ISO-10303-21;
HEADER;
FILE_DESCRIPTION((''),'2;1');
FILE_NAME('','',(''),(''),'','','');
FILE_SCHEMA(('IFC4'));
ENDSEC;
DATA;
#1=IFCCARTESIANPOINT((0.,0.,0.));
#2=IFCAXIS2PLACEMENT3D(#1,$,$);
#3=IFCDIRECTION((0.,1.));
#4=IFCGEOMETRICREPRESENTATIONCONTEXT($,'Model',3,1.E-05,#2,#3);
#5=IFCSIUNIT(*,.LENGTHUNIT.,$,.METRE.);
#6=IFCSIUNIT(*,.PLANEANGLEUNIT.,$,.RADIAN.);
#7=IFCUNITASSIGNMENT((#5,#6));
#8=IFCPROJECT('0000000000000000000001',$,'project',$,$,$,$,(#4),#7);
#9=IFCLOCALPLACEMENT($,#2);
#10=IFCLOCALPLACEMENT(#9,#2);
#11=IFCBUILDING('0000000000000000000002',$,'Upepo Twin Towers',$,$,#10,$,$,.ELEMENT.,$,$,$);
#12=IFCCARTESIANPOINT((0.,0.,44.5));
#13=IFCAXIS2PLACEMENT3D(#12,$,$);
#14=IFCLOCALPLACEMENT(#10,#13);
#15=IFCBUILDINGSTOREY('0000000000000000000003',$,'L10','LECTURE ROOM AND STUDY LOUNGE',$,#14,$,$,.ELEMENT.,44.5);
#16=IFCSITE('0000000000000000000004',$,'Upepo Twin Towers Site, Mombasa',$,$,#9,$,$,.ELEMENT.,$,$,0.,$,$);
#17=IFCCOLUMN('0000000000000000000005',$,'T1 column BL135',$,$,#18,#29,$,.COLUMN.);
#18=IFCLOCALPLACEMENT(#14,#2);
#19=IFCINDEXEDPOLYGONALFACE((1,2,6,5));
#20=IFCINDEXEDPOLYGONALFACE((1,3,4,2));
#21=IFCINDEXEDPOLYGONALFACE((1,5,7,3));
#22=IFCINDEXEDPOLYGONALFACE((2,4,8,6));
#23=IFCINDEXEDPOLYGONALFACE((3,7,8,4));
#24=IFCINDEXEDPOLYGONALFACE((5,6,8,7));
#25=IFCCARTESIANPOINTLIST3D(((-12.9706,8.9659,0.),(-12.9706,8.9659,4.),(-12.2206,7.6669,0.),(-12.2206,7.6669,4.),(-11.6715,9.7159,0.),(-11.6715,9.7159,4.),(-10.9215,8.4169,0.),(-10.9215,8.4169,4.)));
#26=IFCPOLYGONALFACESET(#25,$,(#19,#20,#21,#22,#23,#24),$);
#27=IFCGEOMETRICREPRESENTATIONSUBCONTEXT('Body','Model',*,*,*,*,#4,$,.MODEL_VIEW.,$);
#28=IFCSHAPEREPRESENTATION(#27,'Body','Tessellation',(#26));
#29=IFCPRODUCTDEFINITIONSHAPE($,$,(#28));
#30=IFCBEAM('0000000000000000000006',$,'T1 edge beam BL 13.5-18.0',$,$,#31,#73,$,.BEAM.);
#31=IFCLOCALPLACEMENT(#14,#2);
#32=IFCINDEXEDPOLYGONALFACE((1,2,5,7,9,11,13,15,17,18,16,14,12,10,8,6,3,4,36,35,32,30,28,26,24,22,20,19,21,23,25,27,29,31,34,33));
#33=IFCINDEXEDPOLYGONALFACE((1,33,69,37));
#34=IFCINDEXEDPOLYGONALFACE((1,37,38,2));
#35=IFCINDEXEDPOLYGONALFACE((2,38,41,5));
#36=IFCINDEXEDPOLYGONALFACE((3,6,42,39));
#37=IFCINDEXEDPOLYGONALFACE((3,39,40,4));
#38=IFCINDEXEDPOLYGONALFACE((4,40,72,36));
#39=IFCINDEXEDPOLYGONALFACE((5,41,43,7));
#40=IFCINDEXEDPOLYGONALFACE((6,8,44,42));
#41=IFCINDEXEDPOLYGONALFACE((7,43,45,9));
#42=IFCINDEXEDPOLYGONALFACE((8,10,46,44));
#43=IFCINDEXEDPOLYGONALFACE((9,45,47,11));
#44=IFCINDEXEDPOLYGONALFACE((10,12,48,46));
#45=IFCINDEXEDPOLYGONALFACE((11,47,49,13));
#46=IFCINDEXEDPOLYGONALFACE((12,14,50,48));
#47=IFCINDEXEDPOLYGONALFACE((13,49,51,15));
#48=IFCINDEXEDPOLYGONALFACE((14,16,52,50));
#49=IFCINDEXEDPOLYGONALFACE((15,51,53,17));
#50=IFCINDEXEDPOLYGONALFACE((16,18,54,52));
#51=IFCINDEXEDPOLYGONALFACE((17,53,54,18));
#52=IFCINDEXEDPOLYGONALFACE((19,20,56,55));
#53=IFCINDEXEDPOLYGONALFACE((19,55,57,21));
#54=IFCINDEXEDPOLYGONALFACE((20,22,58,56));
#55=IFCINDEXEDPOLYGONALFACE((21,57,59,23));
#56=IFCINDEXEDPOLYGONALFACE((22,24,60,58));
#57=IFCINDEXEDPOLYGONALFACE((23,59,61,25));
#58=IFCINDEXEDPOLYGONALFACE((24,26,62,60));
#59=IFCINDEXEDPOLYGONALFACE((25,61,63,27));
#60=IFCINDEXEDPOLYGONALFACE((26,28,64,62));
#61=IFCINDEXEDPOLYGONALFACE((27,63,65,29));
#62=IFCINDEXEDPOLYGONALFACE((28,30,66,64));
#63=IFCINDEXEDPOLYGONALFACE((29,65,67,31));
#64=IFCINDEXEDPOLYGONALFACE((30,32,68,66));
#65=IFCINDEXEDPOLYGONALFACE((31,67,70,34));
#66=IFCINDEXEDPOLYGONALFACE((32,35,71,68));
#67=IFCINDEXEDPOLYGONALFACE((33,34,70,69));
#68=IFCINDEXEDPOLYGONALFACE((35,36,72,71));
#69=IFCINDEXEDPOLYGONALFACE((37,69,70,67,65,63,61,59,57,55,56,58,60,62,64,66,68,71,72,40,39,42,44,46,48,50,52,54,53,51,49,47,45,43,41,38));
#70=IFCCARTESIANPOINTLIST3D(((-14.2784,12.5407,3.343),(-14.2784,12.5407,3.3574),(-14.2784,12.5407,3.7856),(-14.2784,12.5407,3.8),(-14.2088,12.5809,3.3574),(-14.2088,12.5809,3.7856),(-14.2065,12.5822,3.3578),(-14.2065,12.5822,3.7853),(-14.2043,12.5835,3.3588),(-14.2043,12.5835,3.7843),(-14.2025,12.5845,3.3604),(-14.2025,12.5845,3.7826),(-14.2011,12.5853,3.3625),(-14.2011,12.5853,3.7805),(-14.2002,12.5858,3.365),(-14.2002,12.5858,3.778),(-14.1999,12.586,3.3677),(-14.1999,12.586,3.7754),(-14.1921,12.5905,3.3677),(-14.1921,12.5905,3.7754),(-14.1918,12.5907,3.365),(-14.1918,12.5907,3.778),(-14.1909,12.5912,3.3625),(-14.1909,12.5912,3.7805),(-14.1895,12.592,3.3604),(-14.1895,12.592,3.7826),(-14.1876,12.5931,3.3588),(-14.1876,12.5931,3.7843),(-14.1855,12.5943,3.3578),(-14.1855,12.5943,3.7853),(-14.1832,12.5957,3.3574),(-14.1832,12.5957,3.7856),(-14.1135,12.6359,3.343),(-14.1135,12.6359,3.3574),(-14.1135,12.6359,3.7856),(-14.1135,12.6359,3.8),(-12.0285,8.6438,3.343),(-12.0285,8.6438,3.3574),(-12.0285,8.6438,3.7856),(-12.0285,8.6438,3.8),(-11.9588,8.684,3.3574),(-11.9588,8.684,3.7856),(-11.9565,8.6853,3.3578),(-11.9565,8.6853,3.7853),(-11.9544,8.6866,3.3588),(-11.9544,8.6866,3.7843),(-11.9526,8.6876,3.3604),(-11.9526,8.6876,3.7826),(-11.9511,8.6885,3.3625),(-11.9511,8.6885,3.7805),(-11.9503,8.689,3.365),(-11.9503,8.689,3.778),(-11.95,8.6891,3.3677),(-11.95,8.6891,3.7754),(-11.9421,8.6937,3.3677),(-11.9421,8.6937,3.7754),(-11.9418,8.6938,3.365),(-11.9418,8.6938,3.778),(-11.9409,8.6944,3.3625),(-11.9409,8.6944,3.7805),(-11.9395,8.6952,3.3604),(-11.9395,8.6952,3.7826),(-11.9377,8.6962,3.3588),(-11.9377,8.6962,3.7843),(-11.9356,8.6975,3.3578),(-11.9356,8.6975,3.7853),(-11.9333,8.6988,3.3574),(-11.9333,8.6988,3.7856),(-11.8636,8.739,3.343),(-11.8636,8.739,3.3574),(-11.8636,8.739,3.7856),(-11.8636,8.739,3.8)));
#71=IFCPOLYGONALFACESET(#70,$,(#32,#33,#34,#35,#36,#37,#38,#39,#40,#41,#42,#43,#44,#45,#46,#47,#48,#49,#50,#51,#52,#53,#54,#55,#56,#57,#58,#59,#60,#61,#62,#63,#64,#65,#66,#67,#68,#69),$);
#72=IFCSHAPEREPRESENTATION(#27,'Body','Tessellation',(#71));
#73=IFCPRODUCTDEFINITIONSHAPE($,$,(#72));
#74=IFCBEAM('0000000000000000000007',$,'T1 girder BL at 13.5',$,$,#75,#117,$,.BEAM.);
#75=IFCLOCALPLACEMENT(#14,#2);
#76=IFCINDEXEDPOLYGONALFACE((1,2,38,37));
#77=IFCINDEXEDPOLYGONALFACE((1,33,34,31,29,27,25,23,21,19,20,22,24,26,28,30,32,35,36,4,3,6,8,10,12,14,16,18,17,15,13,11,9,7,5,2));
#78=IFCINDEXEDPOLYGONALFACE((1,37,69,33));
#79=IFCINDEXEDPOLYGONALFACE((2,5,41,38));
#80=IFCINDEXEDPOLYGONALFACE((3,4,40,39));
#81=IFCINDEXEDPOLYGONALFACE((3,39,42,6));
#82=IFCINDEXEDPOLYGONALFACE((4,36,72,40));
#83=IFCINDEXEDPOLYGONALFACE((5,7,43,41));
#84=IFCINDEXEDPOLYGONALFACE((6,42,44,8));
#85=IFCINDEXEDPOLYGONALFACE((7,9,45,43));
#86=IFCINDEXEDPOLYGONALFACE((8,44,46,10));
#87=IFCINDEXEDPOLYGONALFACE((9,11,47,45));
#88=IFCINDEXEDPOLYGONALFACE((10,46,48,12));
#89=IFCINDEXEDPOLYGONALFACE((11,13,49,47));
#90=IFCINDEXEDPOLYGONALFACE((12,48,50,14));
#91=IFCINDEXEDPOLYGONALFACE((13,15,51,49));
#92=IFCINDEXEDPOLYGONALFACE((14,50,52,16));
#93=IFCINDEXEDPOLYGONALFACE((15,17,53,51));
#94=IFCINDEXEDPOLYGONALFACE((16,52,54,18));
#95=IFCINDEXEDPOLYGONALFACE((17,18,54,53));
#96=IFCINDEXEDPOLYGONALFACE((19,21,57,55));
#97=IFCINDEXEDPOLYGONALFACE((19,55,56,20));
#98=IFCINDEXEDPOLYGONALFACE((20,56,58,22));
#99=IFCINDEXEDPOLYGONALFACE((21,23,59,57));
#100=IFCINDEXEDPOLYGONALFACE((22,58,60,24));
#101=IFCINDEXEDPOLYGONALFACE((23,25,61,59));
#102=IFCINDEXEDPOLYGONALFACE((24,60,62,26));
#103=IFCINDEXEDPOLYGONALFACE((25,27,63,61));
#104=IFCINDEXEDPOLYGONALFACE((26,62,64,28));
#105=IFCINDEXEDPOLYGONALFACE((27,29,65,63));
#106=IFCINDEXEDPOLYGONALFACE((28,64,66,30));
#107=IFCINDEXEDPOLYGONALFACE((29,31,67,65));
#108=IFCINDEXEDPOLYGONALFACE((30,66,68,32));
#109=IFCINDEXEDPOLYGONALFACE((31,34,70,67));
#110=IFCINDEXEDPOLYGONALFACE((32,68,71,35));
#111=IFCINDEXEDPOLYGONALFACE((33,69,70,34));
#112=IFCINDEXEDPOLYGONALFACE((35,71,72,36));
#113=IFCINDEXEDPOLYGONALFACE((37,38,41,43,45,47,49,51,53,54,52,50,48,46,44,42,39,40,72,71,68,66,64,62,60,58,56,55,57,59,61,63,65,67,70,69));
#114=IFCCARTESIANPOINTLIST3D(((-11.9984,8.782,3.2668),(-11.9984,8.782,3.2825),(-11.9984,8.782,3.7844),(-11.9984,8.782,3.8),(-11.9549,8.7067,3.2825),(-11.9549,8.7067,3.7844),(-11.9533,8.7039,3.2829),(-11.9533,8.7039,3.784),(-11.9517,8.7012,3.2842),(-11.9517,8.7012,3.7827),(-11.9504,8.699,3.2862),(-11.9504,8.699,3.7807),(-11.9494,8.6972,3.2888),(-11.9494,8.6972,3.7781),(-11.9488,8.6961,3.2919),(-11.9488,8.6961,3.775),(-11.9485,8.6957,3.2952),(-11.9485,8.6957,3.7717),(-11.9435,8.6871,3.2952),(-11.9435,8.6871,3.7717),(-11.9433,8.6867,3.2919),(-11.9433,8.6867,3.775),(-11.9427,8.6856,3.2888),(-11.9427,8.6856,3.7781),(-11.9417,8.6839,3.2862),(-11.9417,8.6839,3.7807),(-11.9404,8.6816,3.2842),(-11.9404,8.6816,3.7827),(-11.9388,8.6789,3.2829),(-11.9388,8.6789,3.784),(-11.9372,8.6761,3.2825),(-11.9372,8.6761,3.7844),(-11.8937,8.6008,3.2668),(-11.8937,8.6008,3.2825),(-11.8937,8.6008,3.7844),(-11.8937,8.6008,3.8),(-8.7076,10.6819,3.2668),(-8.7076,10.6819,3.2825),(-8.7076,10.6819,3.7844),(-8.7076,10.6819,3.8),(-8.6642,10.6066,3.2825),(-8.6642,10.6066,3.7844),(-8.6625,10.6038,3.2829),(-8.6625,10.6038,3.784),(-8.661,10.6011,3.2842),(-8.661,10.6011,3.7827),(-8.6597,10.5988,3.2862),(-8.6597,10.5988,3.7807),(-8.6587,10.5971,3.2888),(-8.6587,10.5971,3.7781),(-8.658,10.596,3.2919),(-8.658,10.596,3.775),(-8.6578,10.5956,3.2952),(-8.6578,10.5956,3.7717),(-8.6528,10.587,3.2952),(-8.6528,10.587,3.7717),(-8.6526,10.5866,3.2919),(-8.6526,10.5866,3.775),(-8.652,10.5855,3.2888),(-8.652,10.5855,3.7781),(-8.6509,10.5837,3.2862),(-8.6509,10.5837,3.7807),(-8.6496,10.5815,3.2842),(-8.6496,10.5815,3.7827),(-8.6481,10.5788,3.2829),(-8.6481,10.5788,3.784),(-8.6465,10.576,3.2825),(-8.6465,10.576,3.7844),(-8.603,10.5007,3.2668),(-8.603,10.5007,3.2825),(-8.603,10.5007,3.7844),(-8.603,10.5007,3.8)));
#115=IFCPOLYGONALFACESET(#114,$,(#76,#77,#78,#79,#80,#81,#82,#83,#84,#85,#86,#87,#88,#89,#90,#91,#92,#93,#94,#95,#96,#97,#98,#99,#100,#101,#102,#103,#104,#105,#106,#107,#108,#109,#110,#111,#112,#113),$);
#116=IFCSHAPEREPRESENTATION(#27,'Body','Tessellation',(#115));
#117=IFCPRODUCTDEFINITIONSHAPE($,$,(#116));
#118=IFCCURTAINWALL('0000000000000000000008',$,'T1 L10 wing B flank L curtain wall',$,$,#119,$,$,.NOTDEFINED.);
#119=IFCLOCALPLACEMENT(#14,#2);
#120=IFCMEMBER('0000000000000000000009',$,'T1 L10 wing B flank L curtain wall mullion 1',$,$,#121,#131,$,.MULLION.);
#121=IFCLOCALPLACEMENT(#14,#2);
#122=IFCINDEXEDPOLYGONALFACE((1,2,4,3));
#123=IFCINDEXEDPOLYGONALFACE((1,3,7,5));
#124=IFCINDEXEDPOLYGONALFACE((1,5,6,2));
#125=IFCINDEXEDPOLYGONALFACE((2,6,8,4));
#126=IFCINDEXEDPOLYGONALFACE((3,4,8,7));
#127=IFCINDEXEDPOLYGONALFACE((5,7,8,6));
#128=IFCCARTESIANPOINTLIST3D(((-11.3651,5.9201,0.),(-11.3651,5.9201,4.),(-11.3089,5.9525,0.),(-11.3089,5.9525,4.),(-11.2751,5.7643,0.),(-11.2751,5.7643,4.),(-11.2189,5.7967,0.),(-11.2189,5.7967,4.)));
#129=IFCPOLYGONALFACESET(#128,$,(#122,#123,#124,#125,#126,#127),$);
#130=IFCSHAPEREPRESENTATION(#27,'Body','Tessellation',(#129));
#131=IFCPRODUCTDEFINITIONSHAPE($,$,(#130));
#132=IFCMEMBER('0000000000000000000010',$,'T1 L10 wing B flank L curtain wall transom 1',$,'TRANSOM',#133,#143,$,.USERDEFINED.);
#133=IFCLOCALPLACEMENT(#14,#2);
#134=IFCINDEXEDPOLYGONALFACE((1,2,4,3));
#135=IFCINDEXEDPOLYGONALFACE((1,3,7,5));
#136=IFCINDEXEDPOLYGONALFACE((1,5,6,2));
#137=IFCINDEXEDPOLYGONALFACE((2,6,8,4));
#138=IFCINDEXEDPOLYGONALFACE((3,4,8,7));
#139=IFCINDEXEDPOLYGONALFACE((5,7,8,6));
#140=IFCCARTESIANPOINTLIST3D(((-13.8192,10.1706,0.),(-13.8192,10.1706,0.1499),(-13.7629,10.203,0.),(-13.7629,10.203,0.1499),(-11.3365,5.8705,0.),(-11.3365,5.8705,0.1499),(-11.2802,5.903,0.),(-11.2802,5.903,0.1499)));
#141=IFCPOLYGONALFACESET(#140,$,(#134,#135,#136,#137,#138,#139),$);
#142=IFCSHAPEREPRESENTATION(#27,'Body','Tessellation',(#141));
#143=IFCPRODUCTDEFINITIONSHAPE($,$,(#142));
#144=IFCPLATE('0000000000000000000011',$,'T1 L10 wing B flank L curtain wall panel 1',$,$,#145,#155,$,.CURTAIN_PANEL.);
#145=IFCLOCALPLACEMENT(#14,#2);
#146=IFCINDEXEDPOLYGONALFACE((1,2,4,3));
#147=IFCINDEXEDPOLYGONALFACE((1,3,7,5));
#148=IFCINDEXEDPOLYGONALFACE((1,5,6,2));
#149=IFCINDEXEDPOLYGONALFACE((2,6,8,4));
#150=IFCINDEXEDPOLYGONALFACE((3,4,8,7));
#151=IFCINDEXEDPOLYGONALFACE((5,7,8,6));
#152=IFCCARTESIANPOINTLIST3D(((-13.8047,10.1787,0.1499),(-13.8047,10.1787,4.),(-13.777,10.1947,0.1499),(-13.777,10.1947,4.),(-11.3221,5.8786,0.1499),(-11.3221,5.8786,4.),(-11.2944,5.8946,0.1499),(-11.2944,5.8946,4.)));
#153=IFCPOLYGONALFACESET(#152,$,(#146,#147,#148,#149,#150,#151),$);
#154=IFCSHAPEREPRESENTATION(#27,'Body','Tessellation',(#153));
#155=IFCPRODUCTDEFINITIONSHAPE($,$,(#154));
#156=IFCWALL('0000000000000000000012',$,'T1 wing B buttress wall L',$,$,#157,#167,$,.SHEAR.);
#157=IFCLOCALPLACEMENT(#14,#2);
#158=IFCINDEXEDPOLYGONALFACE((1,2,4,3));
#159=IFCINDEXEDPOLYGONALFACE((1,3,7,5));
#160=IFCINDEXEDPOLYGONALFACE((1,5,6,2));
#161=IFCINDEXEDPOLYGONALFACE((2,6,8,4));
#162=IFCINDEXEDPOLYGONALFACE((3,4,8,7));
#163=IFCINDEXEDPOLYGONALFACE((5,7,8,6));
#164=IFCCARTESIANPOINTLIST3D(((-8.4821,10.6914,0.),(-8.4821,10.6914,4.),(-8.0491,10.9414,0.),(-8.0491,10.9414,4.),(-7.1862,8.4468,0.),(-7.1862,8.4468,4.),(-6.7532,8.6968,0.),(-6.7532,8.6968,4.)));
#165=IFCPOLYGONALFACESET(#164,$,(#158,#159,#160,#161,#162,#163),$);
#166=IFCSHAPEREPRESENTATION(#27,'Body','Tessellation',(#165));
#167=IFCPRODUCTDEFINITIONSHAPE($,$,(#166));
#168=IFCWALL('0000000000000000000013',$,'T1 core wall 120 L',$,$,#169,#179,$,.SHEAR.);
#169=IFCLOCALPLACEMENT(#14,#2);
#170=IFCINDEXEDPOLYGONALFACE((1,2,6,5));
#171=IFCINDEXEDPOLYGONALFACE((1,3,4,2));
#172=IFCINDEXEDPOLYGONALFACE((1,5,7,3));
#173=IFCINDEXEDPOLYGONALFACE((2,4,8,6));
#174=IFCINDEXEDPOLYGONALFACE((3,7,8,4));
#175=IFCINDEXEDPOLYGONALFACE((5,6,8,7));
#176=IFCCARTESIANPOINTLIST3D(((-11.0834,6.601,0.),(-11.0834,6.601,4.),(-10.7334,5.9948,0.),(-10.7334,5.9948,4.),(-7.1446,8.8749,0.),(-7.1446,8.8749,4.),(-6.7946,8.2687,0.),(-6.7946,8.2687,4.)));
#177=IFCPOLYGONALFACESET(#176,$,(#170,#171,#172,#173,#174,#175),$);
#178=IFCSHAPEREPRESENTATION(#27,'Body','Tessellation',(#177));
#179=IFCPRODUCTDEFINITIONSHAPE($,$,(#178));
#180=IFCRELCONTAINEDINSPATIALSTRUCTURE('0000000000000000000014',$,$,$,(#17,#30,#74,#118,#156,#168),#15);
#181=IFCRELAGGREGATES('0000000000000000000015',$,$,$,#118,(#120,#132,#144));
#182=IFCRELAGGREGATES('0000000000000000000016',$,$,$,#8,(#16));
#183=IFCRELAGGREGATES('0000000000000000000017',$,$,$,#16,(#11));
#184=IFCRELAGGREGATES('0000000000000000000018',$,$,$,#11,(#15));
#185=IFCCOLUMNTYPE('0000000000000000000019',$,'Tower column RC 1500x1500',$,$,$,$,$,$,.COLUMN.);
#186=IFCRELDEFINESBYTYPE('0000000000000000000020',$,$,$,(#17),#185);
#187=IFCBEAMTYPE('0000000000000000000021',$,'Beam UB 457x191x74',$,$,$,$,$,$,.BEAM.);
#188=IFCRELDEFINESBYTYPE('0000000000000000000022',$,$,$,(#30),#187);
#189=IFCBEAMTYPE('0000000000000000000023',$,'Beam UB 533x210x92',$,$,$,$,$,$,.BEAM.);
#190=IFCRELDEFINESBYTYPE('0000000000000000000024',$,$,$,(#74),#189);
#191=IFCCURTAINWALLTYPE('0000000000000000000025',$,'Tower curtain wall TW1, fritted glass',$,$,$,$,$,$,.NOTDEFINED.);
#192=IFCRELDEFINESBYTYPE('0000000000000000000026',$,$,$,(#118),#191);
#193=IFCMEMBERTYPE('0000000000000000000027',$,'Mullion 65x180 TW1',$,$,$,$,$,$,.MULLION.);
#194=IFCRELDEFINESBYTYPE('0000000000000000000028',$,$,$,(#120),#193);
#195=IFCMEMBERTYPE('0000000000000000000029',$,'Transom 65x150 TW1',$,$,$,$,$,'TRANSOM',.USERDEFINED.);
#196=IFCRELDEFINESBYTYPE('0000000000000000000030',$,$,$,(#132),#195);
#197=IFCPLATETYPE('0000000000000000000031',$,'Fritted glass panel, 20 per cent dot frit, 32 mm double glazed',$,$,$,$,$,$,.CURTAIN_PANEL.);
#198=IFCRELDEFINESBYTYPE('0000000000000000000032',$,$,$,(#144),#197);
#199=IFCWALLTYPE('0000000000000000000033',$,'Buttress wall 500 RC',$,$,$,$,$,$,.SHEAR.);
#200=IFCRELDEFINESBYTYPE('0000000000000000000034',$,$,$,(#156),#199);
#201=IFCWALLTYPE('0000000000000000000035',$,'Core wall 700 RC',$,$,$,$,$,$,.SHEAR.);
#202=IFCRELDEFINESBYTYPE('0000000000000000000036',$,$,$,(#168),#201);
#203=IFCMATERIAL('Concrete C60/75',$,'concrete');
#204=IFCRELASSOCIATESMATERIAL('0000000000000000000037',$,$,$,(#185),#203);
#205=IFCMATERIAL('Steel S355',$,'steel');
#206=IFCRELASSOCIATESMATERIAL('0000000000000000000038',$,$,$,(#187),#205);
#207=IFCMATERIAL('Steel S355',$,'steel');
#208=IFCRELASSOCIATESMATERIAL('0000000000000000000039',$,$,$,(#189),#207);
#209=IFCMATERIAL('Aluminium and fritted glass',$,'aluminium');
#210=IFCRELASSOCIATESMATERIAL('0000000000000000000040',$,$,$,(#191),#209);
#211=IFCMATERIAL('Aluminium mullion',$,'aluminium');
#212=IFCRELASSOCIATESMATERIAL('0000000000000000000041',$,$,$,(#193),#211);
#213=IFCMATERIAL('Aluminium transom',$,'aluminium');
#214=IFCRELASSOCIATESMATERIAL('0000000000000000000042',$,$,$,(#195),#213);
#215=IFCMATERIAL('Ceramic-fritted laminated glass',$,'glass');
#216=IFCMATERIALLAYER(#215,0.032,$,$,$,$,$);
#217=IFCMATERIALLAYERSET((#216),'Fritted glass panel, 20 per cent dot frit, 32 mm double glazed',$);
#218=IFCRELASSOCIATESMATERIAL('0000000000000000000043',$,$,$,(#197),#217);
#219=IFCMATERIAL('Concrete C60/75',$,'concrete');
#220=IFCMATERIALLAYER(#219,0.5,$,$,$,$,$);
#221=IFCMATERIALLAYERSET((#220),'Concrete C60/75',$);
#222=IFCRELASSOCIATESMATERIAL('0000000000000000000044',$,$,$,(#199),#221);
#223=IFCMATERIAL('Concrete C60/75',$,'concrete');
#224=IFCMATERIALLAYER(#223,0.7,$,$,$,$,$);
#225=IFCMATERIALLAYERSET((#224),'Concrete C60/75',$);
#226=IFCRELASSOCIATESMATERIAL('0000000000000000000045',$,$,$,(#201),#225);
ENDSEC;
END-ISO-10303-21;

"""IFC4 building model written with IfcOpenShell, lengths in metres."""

from ifc_helpers import new_model, si_unit, direction, frame, frame_2d, origin, origin_2d, place, context, subcontext, project, spatial, rectangle, i_section, extrude, material, layer, layer_set, material_profile, profile_set, type_object, element, aggregate, save


model = new_model("IFC4")

# Units and contexts
model_context = context("Model", 3, precision=1e-05, world=origin(), true_north=direction((0.0, 1.0)))
body_context = subcontext(model_context, "Body", "Model", "MODEL_VIEW")
ifc_project = project(units=[si_unit("LENGTHUNIT", "METRE"), si_unit("PLANEANGLEUNIT", "RADIAN")], contexts=[model_context])

# Site, building, storey
site_placement = place(None, origin())
site = spatial("IfcSite", under=ifc_project, at=site_placement, Name="Upepo Twin Towers Site, Mombasa", CompositionType="ELEMENT", RefElevation=0.0)
building_placement = place(site_placement, origin())
building = spatial("IfcBuilding", under=site, at=building_placement, Name="Upepo Twin Towers", CompositionType="ELEMENT")
storey_placement = place(building_placement, frame((0.0, 0.0, 44.5)))
storey = spatial("IfcBuildingStorey", under=building, at=storey_placement, Name="L10", Description="LECTURE ROOM AND STUDY LOUNGE", CompositionType="ELEMENT", Elevation=44.5)

# Column
ifc_material_1 = material(Name="Concrete C60/75", Category="concrete")
ifc_material_profile_1 = material_profile(ifc_material_1, rectangle(XDim=1.5, YDim=1.5, at=origin_2d()), Name="RC 1500x1500")
ifc_profile_set_1 = profile_set([ifc_material_profile_1], Name="Concrete C60/75")
column_type = type_object("IfcColumnType", Name="Tower column RC 1500x1500", PredefinedType="COLUMN", material=ifc_profile_set_1)
column_placement = place(storey_placement, frame((-11.946, 8.6914, 0.0), z_axis=(0.0, 0.0, 1.0), x_axis=(0.866025, 0.5, 0.0)))
element("IfcColumn", 1, at=column_placement, inside=storey, type_object=column_type, Name="T1 column BL135", PredefinedType="COLUMN", context=body_context, shape_type="SweptSolid", body=[
    extrude(rectangle(XDim=1.5, YDim=1.5, at=origin_2d()), origin(), (0.0, 0.0, 1.0), 4.0),
])

# Beams
ifc_material_2 = material(Name="Steel S355", Category="steel")
ifc_material_profile_2 = material_profile(ifc_material_2, i_section(OverallWidth=0.1904, OverallDepth=0.457, WebThickness=0.009, FlangeThickness=0.0144, FilletRadius=0.0103, at=origin_2d()), Name="UB 457x191x74")
ifc_profile_set_2 = profile_set([ifc_material_profile_2], Name="Steel S355")
beam_type_1 = type_object("IfcBeamType", Name="Beam UB 457x191x74", PredefinedType="BEAM", material=ifc_profile_set_2)
beam_1_placement = place(storey_placement, frame((-11.946, 8.6914, 3.5715), z_axis=(-0.500014, 0.866018, 0.0), x_axis=(-0.866018, -0.500014, 0.0)))
element("IfcBeam", 2, at=beam_1_placement, inside=storey, type_object=beam_type_1, Name="T1 edge beam BL 13.5-18.0", PredefinedType="BEAM", context=body_context, shape_type="SweptSolid", body=[
    extrude(i_section(OverallWidth=0.1904, OverallDepth=0.457, WebThickness=0.009, FlangeThickness=0.0144, FilletRadius=0.0103, at=origin_2d()), origin(), (0.0, 0.0, 1.0), 4.4998),
])
ifc_material_3 = material(Name="Steel S355", Category="steel")
ifc_material_profile_3 = material_profile(ifc_material_3, i_section(OverallWidth=0.2092, OverallDepth=0.5332, WebThickness=0.01, FlangeThickness=0.0156, FilletRadius=0.0127, at=origin_2d()), Name="UB 533x210x92")
ifc_profile_set_3 = profile_set([ifc_material_profile_3], Name="Steel S355")
beam_type_2 = type_object("IfcBeamType", Name="Beam UB 533x210x92", PredefinedType="BEAM", material=ifc_profile_set_3)
beam_2_placement = place(storey_placement, frame((-11.946, 8.6914, 3.5334), z_axis=(0.866028, 0.499995, 0.0), x_axis=(-0.499995, 0.866028, 0.0)))
element("IfcBeam", 3, at=beam_2_placement, inside=storey, type_object=beam_type_2, Name="T1 girder BL at 13.5", PredefinedType="BEAM", context=body_context, shape_type="SweptSolid", body=[
    extrude(i_section(OverallWidth=0.2092, OverallDepth=0.5332, WebThickness=0.01, FlangeThickness=0.0156, FilletRadius=0.0127, at=origin_2d()), origin(), (0.0, 0.0, 1.0), 3.7998),
])

# Curtain wall, members, plate
ifc_material_4 = material(Name="Aluminium and fritted glass", Category="aluminium")
curtain_wall_type = type_object("IfcCurtainWallType", Name="Tower curtain wall TW1, fritted glass", PredefinedType="NOTDEFINED", material=ifc_material_4)
curtain_wall_placement = place(storey_placement, origin())
curtain_wall = element("IfcCurtainWall", 4, at=curtain_wall_placement, inside=storey, type_object=curtain_wall_type, Name="T1 L10 wing B flank L curtain wall", PredefinedType="NOTDEFINED")
ifc_material_5 = material(Name="Aluminium mullion", Category="aluminium")
ifc_material_profile_4 = material_profile(ifc_material_5, rectangle(XDim=0.0649, YDim=0.1799, at=origin_2d()), Name="MULLION 65x180")
ifc_profile_set_4 = profile_set([ifc_material_profile_4], Name="Aluminium mullion")
member_type_1 = type_object("IfcMemberType", Name="Mullion 65x180 TW1", PredefinedType="MULLION", material=ifc_profile_set_4)
member_1_placement = place(storey_placement, frame((-11.292, 5.8584, 0.0), z_axis=(0.0, 0.0, 1.0), x_axis=(-0.866025, -0.5, 0.0)))
member_1 = element("IfcMember", 5, at=member_1_placement, type_object=member_type_1, Name="T1 L10 wing B flank L curtain wall mullion 1", PredefinedType="MULLION", context=body_context, shape_type="SweptSolid", body=[
    extrude(rectangle(XDim=0.0649, YDim=0.1799, at=origin_2d()), origin(), (0.0, 0.0, 1.0), 4.0),
])
ifc_material_6 = material(Name="Aluminium transom", Category="aluminium")
ifc_material_profile_5 = material_profile(ifc_material_6, rectangle(XDim=0.0649, YDim=0.1499, at=origin_2d()), Name="TRANSOM 65x150")
ifc_profile_set_5 = profile_set([ifc_material_profile_5], Name="Aluminium transom")
member_type_2 = type_object("IfcMemberType", Name="Transom 65x150 TW1", ElementType="TRANSOM", PredefinedType="USERDEFINED", material=ifc_profile_set_5)
member_2_placement = place(storey_placement, frame((-11.3083, 5.8867, 0.075), z_axis=(-0.500005, 0.866023, 0.0), x_axis=(-0.866023, -0.500005, 0.0)))
member_2 = element("IfcMember", 6, at=member_2_placement, type_object=member_type_2, Name="T1 L10 wing B flank L curtain wall transom 1", ObjectType="TRANSOM", PredefinedType="USERDEFINED", context=body_context, shape_type="SweptSolid", body=[
    extrude(rectangle(XDim=0.0649, YDim=0.1499, at=origin_2d()), origin(), (0.0, 0.0, 1.0), 4.9653),
])
ifc_material_7 = material(Name="Ceramic-fritted laminated glass", Category="glass")
ifc_layer_1 = layer(ifc_material_7, 0.032)
ifc_layer_set_1 = layer_set([ifc_layer_1], Name="Fritted glass panel, 20 per cent dot frit, 32 mm double glazed")
plate_type = type_object("IfcPlateType", Name="Fritted glass panel, 20 per cent dot frit, 32 mm double glazed", PredefinedType="CURTAIN_PANEL", material=ifc_layer_set_1)
plate_placement = place(storey_placement, frame((-12.5496, 8.0366, 0.1499), z_axis=(0.0, 0.0, 1.0), x_axis=(-0.5, 0.866025, 0.0)))
plate = element("IfcPlate", 7, at=plate_placement, type_object=plate_type, Name="T1 L10 wing B flank L curtain wall panel 1", PredefinedType="CURTAIN_PANEL", context=body_context, shape_type="SweptSolid", body=[
    extrude(rectangle(XDim=4.9653, YDim=0.032, at=origin_2d()), origin(), (0.0, 0.0, 1.0), 3.8501),
])
aggregate(curtain_wall, [member_1, member_2, plate])

# Walls
ifc_material_8 = material(Name="Concrete C60/75", Category="concrete")
ifc_layer_2 = layer(ifc_material_8, 0.5)
ifc_layer_set_2 = layer_set([ifc_layer_2], Name="Concrete C60/75")
wall_type_1 = type_object("IfcWallType", Name="Buttress wall 500 RC", PredefinedType="SHEAR", material=ifc_layer_set_2)
wall_1_placement = place(storey_placement, frame((-6.9697, 8.5718, 0.0), z_axis=(0.0, 0.0, 1.0), x_axis=(-0.499989, 0.866032, 0.0)))
element("IfcWall", 8, at=wall_1_placement, inside=storey, type_object=wall_type_1, Name="T1 wing B buttress wall L", PredefinedType="SHEAR", context=body_context, shape_type="SweptSolid", body=[
    extrude(rectangle(XDim=2.5918, YDim=0.5, at=frame_2d((1.2959, 0.0))), origin(), (0.0, 0.0, 1.0), 4.0),
])
ifc_material_9 = material(Name="Concrete C60/75", Category="concrete")
ifc_layer_3 = layer(ifc_material_9, 0.7)
ifc_layer_set_3 = layer_set([ifc_layer_3], Name="Concrete C60/75")
wall_type_2 = type_object("IfcWallType", Name="Core wall 700 RC", PredefinedType="SHEAR", material=ifc_layer_set_3)
wall_2_placement = place(storey_placement, frame((-6.9697, 8.5718, 0.0), z_axis=(0.0, 0.0, 1.0), x_axis=(-0.866035, -0.499984, 0.0)))
element("IfcWall", 9, at=wall_2_placement, inside=storey, type_object=wall_type_2, Name="T1 core wall 120 L", PredefinedType="SHEAR", context=body_context, shape_type="SweptSolid", body=[
    extrude(rectangle(XDim=4.5481, YDim=0.7, at=frame_2d((2.2739, 0.0))), origin(), (0.0, 0.0, 1.0), 4.0),
])

save(model, "model.ifc")
